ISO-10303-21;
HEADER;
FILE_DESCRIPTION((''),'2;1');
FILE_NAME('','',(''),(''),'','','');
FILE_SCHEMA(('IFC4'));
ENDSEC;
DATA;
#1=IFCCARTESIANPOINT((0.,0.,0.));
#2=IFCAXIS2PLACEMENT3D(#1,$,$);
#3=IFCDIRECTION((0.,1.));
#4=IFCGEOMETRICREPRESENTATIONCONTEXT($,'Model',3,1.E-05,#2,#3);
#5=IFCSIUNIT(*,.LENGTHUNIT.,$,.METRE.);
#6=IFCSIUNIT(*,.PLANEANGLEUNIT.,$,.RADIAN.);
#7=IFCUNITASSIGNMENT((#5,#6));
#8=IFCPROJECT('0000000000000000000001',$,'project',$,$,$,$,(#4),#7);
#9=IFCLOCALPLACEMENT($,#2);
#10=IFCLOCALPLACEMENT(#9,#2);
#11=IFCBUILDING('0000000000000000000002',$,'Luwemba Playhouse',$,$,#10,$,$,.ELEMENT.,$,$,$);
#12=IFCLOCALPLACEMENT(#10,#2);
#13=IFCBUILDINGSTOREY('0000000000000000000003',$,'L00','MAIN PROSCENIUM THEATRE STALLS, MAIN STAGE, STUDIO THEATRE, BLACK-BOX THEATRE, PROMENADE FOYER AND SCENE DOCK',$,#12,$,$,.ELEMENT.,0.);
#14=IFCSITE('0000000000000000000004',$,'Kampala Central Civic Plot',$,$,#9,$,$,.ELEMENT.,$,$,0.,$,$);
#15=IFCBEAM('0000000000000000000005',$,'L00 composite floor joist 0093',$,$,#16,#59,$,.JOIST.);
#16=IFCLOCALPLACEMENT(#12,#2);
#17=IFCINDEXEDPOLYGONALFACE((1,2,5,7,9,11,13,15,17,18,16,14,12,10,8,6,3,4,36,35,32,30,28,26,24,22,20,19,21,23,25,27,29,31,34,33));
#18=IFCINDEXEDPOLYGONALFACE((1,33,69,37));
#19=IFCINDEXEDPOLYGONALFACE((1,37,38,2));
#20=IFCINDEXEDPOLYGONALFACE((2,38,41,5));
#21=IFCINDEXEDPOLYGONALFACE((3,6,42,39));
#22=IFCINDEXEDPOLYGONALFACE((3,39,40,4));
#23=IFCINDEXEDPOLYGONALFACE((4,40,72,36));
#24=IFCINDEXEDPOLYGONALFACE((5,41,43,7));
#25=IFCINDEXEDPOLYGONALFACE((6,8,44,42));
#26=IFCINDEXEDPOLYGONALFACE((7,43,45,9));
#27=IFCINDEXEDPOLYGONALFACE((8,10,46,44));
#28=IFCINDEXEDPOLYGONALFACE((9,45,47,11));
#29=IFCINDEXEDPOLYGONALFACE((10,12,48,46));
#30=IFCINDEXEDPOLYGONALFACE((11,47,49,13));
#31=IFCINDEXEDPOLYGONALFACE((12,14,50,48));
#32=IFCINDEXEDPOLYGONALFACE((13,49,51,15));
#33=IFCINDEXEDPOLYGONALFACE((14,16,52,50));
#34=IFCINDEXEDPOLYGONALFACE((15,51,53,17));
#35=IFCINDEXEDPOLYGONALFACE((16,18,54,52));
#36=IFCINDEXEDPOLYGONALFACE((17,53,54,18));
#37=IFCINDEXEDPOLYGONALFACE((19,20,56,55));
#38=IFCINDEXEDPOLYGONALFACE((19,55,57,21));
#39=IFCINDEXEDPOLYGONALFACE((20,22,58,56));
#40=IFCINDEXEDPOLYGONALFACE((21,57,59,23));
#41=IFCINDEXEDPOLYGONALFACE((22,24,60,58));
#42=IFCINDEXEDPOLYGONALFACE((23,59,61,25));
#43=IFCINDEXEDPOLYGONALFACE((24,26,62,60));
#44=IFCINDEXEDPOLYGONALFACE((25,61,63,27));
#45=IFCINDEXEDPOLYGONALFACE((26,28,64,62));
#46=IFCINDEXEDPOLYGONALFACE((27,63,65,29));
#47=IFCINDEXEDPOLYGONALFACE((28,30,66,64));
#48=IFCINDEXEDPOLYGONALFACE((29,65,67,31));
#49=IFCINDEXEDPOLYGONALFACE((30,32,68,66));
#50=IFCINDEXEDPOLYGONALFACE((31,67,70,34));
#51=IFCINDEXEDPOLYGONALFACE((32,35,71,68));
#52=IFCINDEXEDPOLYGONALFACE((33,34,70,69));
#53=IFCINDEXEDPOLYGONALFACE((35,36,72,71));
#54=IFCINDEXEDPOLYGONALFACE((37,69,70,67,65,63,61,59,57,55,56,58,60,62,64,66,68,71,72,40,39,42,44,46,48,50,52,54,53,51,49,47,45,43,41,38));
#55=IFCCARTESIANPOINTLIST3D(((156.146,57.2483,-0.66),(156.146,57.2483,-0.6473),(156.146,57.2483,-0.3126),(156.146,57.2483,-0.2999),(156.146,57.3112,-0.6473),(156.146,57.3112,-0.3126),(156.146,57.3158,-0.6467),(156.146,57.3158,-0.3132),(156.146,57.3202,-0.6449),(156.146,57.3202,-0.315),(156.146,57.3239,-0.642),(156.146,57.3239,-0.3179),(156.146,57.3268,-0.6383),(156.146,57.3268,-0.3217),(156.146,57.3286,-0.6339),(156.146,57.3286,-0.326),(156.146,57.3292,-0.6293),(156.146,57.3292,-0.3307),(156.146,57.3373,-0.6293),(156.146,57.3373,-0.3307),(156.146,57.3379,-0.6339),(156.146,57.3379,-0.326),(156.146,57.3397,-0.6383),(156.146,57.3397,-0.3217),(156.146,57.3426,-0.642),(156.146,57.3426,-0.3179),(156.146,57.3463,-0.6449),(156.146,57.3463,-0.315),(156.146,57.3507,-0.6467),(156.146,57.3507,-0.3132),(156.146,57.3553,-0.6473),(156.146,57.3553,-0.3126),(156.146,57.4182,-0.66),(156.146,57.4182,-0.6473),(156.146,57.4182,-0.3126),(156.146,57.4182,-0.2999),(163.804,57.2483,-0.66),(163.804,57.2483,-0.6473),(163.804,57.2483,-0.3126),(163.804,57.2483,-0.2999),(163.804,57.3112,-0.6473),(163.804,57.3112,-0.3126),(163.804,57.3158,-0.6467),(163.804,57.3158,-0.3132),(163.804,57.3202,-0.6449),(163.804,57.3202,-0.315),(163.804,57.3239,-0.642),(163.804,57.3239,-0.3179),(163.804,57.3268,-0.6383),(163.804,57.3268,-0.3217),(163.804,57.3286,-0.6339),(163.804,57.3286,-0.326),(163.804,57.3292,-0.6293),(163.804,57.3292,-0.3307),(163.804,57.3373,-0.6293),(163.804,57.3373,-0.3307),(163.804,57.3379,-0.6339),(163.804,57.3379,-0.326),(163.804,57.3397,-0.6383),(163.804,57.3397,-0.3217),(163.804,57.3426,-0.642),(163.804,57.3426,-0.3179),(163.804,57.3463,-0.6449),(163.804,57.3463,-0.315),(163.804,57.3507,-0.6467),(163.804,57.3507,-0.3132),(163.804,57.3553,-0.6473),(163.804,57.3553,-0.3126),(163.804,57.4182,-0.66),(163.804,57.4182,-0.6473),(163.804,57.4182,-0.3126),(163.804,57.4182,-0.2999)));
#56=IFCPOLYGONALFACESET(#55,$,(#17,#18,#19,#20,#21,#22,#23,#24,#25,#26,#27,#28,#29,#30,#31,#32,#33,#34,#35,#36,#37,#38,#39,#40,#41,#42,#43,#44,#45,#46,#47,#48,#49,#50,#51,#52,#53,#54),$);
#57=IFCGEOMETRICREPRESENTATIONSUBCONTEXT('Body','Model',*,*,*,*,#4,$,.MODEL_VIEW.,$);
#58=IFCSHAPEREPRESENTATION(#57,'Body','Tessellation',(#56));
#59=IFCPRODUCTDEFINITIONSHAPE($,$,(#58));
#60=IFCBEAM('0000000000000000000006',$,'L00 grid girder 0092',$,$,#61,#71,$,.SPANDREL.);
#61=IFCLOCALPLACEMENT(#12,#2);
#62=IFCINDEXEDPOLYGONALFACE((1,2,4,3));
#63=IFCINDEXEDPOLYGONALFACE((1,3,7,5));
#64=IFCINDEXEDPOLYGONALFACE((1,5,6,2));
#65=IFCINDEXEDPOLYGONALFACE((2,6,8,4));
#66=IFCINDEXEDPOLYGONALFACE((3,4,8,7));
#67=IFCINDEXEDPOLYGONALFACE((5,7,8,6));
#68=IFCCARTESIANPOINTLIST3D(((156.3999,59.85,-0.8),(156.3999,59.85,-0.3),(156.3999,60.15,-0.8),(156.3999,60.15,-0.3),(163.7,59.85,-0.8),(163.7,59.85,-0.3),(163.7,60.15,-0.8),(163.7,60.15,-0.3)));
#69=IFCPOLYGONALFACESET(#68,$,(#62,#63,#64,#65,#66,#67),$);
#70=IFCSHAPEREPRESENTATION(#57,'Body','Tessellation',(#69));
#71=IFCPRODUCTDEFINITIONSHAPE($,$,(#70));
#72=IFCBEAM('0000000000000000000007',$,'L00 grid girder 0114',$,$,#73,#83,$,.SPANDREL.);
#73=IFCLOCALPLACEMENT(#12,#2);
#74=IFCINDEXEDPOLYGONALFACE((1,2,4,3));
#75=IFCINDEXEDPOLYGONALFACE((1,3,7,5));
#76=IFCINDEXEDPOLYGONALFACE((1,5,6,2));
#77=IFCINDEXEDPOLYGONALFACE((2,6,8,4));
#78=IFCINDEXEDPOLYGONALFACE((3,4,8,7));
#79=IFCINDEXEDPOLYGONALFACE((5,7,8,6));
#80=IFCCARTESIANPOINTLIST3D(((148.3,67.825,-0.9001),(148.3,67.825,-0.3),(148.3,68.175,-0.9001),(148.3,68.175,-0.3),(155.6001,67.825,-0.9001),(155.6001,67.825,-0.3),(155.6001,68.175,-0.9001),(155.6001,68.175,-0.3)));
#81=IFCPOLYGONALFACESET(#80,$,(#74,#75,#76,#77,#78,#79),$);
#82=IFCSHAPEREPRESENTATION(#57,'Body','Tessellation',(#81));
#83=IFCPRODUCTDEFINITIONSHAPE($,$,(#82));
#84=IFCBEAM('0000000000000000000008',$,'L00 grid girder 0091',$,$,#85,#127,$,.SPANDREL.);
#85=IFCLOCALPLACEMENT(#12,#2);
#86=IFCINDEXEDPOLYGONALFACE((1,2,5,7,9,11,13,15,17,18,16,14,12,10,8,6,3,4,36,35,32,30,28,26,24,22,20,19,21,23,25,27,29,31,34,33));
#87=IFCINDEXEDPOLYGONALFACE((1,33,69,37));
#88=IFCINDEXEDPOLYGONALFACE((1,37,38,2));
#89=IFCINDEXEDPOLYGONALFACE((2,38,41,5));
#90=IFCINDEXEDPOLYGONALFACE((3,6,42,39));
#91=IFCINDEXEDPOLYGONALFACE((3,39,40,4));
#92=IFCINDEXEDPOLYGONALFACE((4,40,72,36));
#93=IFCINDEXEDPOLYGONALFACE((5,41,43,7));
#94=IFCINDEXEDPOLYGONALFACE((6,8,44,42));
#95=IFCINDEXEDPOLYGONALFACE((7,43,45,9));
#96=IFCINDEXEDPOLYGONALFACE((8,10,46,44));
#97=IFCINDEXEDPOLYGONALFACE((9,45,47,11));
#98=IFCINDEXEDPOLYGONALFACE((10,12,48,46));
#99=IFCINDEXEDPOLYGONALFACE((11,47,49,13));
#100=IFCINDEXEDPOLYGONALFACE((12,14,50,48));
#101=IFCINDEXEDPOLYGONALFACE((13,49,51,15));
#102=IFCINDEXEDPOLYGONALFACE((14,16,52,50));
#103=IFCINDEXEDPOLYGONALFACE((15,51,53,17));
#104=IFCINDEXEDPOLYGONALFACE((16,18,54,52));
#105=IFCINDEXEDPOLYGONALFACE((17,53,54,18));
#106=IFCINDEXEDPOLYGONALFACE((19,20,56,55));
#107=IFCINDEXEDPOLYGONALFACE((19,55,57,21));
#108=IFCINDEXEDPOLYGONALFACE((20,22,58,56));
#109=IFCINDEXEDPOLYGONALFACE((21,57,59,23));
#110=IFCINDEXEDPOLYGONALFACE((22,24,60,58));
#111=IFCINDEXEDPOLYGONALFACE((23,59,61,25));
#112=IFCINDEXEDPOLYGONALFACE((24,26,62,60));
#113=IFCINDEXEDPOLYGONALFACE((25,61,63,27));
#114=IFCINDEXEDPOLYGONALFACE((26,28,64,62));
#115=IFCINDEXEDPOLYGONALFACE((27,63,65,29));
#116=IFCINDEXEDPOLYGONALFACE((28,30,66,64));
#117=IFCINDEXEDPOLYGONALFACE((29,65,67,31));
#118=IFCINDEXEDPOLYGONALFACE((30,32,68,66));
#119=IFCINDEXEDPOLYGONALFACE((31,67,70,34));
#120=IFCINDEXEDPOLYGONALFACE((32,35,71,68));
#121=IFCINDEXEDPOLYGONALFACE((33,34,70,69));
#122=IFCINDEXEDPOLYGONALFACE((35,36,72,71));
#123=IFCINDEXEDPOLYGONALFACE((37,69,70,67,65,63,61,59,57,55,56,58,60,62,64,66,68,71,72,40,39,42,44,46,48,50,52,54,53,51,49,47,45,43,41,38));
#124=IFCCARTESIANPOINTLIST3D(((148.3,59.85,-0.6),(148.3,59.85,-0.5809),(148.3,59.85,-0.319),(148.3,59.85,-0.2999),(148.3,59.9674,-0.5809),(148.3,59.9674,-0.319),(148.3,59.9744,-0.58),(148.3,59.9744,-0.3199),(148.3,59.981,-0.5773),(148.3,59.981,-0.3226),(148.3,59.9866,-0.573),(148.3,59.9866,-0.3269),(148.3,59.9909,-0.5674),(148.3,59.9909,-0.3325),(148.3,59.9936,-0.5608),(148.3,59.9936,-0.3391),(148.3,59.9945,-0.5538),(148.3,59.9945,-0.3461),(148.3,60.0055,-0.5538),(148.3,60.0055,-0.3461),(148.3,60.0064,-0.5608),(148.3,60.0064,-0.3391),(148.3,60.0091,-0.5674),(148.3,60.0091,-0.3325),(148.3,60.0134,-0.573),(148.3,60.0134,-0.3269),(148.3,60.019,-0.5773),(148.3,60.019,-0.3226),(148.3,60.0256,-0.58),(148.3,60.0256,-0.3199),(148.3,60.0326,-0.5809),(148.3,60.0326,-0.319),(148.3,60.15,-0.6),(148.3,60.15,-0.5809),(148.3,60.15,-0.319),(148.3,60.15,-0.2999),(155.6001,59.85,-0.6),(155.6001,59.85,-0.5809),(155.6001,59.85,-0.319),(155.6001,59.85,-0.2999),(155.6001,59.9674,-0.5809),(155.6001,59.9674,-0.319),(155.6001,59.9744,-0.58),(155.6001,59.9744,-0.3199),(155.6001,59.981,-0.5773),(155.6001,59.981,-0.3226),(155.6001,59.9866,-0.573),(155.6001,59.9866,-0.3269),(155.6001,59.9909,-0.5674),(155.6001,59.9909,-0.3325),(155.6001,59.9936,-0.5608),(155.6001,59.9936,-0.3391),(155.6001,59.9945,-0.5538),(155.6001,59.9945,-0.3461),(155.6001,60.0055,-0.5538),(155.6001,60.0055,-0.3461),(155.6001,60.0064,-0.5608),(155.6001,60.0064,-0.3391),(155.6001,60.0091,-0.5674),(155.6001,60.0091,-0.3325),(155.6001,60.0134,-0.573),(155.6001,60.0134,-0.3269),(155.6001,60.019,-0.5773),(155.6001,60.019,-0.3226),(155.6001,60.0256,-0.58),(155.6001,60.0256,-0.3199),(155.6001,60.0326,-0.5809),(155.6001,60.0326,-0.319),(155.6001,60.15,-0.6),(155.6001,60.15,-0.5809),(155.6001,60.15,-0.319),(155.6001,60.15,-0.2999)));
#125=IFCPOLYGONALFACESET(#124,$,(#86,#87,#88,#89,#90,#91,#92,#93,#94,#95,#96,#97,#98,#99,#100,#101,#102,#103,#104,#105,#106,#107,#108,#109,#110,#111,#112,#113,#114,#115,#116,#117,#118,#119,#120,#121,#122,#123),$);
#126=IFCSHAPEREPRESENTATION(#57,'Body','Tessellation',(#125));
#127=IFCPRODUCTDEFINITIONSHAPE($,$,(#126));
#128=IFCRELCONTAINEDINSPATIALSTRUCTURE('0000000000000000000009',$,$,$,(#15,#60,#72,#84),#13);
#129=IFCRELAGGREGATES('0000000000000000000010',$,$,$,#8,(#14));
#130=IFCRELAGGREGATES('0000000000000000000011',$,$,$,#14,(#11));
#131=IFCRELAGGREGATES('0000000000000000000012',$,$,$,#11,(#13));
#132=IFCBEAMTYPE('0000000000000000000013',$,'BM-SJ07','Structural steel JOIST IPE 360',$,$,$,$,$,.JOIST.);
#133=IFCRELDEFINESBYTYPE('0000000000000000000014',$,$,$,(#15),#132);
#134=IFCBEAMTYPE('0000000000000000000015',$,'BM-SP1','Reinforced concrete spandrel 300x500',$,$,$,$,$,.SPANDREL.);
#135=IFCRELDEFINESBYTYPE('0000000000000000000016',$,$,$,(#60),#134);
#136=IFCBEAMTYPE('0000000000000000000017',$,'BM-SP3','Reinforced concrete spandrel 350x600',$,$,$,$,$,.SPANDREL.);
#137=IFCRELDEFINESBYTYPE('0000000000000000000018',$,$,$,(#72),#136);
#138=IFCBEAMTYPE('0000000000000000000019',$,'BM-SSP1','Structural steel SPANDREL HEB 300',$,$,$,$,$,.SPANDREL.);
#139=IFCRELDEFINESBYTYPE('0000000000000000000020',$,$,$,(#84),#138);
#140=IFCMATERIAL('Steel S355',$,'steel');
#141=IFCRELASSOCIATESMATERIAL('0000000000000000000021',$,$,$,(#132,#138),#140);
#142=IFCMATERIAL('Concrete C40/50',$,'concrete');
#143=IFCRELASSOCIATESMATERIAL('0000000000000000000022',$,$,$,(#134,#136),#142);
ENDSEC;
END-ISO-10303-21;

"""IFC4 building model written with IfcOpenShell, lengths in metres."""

from ifc_helpers import new_model, si_unit, direction, frame, origin, origin_2d, place, context, subcontext, project, spatial, rectangle, i_section, extrude, material, material_profile, profile_set, type_object, element, save


model = new_model("IFC4")

# Units and contexts
model_context = context("Model", 3, precision=1e-05, world=origin(), true_north=direction((0.0, 1.0)))
body_context = subcontext(model_context, "Body", "Model", "MODEL_VIEW")
ifc_project = project(units=[si_unit("LENGTHUNIT", "METRE"), si_unit("PLANEANGLEUNIT", "RADIAN")], contexts=[model_context])

# Site, building, storey
site_placement = place(None, origin())
site = spatial("IfcSite", under=ifc_project, at=site_placement, Name="Kampala Central Civic Plot", CompositionType="ELEMENT", RefElevation=0.0)
building_placement = place(site_placement, origin())
building = spatial("IfcBuilding", under=site, at=building_placement, Name="Luwemba Playhouse", CompositionType="ELEMENT")
storey_placement = place(building_placement, origin())
storey = spatial("IfcBuildingStorey", under=building, at=storey_placement, Name="L00", Description="MAIN PROSCENIUM THEATRE STALLS, MAIN STAGE, STUDIO THEATRE, BLACK-BOX THEATRE, PROMENADE FOYER AND SCENE DOCK", CompositionType="ELEMENT", Elevation=0.0)

# Shared definitions
ifc_material_1 = material(Name="Concrete C40/50", Category="concrete")

# Beams
ifc_material_2 = material(Name="Steel S355", Category="steel")
ifc_material_profile_1 = material_profile(ifc_material_2, i_section(OverallWidth=0.1699, OverallDepth=0.3601, WebThickness=0.0081, FlangeThickness=0.0127, FilletRadius=0.0181, at=origin_2d()))
ifc_profile_set_1 = profile_set([ifc_material_profile_1], Name="Steel S355")
beam_type_1 = type_object("IfcBeamType", Name="BM-SJ07", Description="Structural steel JOIST IPE 360", PredefinedType="JOIST", material=ifc_profile_set_1)
beam_1_placement = place(storey_placement, frame((156.146, 57.3333, -0.48), z_axis=(1.0, 0.0, 0.0), x_axis=(0.0, 1.0, 0.0)))
element("IfcBeam", 1, at=beam_1_placement, inside=storey, type_object=beam_type_1, Name="L00 composite floor joist 0093", PredefinedType="JOIST", context=body_context, shape_type="SweptSolid", body=[
    extrude(i_section(OverallWidth=0.1699, OverallDepth=0.3601, WebThickness=0.0081, FlangeThickness=0.0127, FilletRadius=0.0181, at=origin_2d()), origin(), (0.0, 0.0, 1.0), 7.658),
])
ifc_material_profile_2 = material_profile(ifc_material_1, rectangle(XDim=0.3, YDim=0.5, at=origin_2d()))
ifc_profile_set_2 = profile_set([ifc_material_profile_2], Name="Concrete C40/50")
beam_type_2 = type_object("IfcBeamType", Name="BM-SP1", Description="Reinforced concrete spandrel 300x500", PredefinedType="SPANDREL", material=ifc_profile_set_2)
beam_2_placement = place(storey_placement, frame((156.3999, 60.0, -0.55), z_axis=(1.0, 0.0, 0.0), x_axis=(0.0, 1.0, 0.0)))
element("IfcBeam", 2, at=beam_2_placement, inside=storey, type_object=beam_type_2, Name="L00 grid girder 0092", PredefinedType="SPANDREL", context=body_context, shape_type="SweptSolid", body=[
    extrude(rectangle(XDim=0.3, YDim=0.5, at=origin_2d()), origin(), (0.0, 0.0, 1.0), 7.3),
])
ifc_material_profile_3 = material_profile(ifc_material_1, rectangle(XDim=0.3501, YDim=0.6001, at=origin_2d()))
ifc_profile_set_3 = profile_set([ifc_material_profile_3], Name="Concrete C40/50")
beam_type_3 = type_object("IfcBeamType", Name="BM-SP3", Description="Reinforced concrete spandrel 350x600", PredefinedType="SPANDREL", material=ifc_profile_set_3)
beam_3_placement = place(storey_placement, frame((148.3, 68.0, -0.6001), z_axis=(1.0, 0.0, 0.0), x_axis=(0.0, 1.0, 0.0)))
element("IfcBeam", 3, at=beam_3_placement, inside=storey, type_object=beam_type_3, Name="L00 grid girder 0114", PredefinedType="SPANDREL", context=body_context, shape_type="SweptSolid", body=[
    extrude(rectangle(XDim=0.3501, YDim=0.6001, at=origin_2d()), origin(), (0.0, 0.0, 1.0), 7.3),
])
ifc_material_profile_4 = material_profile(ifc_material_2, i_section(OverallWidth=0.3, OverallDepth=0.3, WebThickness=0.011, FlangeThickness=0.019, FilletRadius=0.0271, at=origin_2d()))
ifc_profile_set_4 = profile_set([ifc_material_profile_4], Name="Steel S355")
beam_type_4 = type_object("IfcBeamType", Name="BM-SSP1", Description="Structural steel SPANDREL HEB 300", PredefinedType="SPANDREL", material=ifc_profile_set_4)
beam_4_placement = place(storey_placement, frame((148.3, 60.0, -0.45), z_axis=(1.0, 0.0, 0.0), x_axis=(0.0, 1.0, 0.0)))
element("IfcBeam", 4, at=beam_4_placement, inside=storey, type_object=beam_type_4, Name="L00 grid girder 0091", PredefinedType="SPANDREL", context=body_context, shape_type="SweptSolid", body=[
    extrude(i_section(OverallWidth=0.3, OverallDepth=0.3, WebThickness=0.011, FlangeThickness=0.019, FilletRadius=0.0271, at=origin_2d()), origin(), (0.0, 0.0, 1.0), 7.3),
])

save(model, "model.ifc")
